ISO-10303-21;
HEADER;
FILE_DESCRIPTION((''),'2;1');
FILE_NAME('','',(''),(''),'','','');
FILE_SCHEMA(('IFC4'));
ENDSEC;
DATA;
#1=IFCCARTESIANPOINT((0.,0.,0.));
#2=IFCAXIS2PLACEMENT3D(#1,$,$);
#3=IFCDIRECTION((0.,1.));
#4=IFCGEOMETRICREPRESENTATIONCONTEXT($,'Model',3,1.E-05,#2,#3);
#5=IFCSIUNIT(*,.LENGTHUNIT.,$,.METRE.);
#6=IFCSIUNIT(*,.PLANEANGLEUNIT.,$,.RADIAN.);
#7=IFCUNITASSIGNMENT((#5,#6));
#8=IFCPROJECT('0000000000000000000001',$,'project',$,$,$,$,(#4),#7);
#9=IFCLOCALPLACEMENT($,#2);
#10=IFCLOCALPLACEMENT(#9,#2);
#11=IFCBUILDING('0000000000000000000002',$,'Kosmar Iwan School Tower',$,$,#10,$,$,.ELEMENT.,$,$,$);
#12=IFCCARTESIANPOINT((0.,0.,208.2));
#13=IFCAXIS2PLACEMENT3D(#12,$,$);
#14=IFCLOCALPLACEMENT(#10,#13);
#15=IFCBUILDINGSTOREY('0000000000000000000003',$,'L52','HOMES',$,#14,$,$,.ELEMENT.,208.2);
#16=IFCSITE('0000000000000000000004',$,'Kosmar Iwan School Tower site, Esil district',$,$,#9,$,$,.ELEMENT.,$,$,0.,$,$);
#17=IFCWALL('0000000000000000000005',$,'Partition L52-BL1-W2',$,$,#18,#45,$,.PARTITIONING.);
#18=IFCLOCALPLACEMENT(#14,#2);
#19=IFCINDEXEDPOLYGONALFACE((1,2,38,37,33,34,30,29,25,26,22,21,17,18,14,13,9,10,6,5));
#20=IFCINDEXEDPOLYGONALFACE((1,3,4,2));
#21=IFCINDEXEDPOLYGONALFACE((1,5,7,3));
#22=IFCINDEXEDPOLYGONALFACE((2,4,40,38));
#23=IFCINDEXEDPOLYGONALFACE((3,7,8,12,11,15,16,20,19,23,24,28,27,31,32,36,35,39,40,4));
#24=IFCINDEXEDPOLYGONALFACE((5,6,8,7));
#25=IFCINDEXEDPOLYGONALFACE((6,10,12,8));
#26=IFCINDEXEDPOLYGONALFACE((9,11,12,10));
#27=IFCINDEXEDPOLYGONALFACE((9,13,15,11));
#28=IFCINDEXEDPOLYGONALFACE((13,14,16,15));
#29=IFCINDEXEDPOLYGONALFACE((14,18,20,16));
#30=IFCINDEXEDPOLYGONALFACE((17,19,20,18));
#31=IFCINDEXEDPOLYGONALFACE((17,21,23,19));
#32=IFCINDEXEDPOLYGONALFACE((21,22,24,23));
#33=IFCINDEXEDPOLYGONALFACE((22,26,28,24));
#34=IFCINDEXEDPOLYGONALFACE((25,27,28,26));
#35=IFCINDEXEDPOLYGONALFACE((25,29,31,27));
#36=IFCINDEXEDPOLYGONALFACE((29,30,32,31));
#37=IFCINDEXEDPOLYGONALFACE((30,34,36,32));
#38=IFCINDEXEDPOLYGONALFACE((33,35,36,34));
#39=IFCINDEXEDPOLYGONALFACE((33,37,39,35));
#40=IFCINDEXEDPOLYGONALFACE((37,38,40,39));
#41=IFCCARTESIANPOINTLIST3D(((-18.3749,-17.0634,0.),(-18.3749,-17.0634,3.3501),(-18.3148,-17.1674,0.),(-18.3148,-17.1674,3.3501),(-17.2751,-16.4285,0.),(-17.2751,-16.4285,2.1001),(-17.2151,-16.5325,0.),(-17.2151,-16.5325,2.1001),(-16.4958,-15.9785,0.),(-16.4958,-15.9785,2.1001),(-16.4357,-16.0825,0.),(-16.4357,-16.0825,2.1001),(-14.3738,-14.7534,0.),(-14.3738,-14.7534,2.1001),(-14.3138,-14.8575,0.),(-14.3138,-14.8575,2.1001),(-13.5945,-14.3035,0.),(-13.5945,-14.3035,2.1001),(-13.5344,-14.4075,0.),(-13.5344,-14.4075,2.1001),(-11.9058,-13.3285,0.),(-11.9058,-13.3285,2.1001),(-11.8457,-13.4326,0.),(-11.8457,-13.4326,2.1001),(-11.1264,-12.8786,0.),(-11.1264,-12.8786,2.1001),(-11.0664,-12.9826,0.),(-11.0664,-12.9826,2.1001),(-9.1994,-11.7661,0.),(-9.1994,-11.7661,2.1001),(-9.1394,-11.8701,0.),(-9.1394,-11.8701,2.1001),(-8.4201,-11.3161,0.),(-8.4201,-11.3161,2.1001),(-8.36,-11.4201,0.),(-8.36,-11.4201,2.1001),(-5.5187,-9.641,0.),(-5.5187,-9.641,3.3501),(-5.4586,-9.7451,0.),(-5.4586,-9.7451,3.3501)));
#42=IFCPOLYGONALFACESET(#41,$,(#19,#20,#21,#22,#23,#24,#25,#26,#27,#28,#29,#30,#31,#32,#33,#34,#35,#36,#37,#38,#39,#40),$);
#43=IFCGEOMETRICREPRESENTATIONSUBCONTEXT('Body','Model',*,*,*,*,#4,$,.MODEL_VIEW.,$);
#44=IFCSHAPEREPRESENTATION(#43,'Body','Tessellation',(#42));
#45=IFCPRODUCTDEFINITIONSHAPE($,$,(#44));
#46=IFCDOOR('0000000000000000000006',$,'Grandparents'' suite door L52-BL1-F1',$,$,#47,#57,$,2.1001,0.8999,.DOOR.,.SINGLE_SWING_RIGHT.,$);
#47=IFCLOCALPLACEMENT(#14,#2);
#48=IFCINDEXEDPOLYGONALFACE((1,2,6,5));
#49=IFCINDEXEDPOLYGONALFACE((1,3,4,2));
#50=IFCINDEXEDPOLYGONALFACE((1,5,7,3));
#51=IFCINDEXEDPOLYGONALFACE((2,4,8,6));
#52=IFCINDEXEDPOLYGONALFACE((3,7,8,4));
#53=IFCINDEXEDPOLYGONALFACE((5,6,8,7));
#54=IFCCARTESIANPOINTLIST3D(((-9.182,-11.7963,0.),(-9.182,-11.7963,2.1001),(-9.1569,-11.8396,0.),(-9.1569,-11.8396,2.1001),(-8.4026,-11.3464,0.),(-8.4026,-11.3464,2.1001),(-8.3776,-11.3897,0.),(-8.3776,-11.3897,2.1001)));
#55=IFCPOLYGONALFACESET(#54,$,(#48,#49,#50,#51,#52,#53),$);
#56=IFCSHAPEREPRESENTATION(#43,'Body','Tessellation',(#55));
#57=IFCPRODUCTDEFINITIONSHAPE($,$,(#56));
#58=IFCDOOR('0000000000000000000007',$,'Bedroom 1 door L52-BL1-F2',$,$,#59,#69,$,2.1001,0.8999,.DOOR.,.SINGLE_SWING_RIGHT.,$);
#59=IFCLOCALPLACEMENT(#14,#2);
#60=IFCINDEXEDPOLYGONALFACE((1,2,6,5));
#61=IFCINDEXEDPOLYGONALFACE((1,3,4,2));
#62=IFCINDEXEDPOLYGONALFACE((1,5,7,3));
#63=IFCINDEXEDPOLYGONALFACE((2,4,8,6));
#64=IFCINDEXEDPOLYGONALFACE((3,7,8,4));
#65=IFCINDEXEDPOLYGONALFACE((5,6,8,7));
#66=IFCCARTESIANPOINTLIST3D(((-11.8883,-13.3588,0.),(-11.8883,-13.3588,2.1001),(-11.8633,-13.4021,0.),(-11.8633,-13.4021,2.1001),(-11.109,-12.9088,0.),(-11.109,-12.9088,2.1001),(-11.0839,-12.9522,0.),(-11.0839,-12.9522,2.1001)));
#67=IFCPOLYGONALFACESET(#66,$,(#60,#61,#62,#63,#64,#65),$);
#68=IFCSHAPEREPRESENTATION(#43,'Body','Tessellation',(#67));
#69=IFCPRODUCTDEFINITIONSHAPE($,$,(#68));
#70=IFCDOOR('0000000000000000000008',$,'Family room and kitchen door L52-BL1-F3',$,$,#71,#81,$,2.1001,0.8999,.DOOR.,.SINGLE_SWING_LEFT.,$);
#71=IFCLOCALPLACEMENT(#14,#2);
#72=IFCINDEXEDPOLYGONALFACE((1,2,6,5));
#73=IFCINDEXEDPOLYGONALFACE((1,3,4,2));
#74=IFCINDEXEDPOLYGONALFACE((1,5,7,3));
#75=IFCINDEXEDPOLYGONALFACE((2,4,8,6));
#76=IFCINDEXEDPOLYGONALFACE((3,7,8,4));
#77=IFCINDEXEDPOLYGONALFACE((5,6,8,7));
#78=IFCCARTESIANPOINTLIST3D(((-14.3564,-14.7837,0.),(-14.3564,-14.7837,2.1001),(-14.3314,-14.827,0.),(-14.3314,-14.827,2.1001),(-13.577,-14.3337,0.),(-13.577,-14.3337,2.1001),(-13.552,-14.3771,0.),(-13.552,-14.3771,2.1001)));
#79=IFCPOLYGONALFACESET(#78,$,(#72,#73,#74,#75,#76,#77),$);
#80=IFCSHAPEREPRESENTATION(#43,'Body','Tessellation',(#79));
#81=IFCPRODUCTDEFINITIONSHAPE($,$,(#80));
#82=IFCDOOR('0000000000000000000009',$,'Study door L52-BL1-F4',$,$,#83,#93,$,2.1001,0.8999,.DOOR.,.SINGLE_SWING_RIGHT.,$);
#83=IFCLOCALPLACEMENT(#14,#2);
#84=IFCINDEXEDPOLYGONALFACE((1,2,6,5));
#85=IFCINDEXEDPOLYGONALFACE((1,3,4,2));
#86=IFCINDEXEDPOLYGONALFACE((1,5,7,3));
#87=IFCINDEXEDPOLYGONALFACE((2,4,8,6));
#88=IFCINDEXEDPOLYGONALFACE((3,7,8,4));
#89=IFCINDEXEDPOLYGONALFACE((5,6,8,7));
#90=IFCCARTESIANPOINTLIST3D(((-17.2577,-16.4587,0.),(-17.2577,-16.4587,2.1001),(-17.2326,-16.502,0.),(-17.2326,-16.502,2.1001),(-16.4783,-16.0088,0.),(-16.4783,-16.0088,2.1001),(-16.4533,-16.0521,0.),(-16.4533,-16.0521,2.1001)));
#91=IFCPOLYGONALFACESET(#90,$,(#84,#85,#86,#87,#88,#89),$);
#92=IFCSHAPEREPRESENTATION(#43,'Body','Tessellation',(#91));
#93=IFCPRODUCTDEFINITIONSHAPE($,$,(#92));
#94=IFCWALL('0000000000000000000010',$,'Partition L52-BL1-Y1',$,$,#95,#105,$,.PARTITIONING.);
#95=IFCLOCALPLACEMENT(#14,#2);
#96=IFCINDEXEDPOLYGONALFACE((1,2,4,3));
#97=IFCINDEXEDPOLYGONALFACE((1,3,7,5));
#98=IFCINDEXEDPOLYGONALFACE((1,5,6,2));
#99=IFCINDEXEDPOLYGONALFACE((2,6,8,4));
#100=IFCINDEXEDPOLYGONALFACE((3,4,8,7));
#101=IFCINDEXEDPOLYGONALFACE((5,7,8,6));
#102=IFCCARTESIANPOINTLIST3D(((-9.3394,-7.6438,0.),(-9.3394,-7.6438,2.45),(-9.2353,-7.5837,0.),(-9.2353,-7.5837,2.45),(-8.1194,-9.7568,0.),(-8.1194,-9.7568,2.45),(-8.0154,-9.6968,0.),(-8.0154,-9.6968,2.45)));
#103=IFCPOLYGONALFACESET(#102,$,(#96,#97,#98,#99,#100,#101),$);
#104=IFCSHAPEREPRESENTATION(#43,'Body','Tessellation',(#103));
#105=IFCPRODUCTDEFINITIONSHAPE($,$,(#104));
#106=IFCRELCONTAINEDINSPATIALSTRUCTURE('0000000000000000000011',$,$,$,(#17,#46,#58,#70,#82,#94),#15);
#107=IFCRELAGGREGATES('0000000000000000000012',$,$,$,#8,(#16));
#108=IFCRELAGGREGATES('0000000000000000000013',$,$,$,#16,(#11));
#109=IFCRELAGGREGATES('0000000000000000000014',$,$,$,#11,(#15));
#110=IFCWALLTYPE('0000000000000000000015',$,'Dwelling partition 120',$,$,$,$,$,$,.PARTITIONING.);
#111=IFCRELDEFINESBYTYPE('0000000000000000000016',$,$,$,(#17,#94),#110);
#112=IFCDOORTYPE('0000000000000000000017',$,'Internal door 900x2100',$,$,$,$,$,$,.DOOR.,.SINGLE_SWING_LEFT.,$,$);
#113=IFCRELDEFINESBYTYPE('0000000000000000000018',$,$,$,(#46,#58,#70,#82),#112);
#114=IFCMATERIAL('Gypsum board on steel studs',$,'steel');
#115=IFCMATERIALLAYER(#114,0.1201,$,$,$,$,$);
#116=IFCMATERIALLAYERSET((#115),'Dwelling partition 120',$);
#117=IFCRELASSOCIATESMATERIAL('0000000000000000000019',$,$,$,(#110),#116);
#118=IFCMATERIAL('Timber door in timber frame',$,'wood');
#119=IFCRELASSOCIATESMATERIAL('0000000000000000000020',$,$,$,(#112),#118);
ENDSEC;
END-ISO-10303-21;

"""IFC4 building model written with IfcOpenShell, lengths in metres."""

from ifc_helpers import new_model, si_unit, direction, frame, frame_2d, origin, place, context, subcontext, project, spatial, rectangle, extrude, material, layer, layer_set, type_object, element, fill, save


model = new_model("IFC4")

# Units and contexts
model_context = context("Model", 3, precision=1e-05, world=origin(), true_north=direction((0.0, 1.0)))
body_context = subcontext(model_context, "Body", "Model", "MODEL_VIEW")
ifc_project = project(units=[si_unit("LENGTHUNIT", "METRE"), si_unit("PLANEANGLEUNIT", "RADIAN")], contexts=[model_context])

# Site, building, storey
site_placement = place(None, origin())
site = spatial("IfcSite", under=ifc_project, at=site_placement, Name="Kosmar Iwan School Tower site, Esil district", CompositionType="ELEMENT", RefElevation=0.0)
building_placement = place(site_placement, origin())
building = spatial("IfcBuilding", under=site, at=building_placement, Name="Kosmar Iwan School Tower", CompositionType="ELEMENT")
storey_placement = place(building_placement, frame((0.0, 0.0, 208.2)))
storey = spatial("IfcBuildingStorey", under=building, at=storey_placement, Name="L52", Description="HOMES", CompositionType="ELEMENT", Elevation=208.2)

# Wall, openings, doors
ifc_material_1 = material(Name="Gypsum board on steel studs", Category="steel")
ifc_layer_1 = layer(ifc_material_1, 0.1201)
ifc_layer_set_1 = layer_set([ifc_layer_1], Name="Dwelling partition 120")
wall_type_1 = type_object("IfcWallType", Name="Dwelling partition 120", PredefinedType="PARTITIONING", material=ifc_layer_set_1)
ifc_material_2 = material(Name="Timber door in timber frame", Category="wood")
door_type_1 = type_object("IfcDoorType", Name="Internal door 900x2100", OperationType="SINGLE_SWING_LEFT", PredefinedType="DOOR", material=ifc_material_2)
wall_1_placement = place(storey_placement, frame((-5.4888, -9.6931, 0.0), z_axis=(0.0, 0.0, 1.0), x_axis=(-0.86603, -0.499992, 0.0)))
wall_1 = element("IfcWall", 1, at=wall_1_placement, inside=storey, type_object=wall_type_1, Name="Partition L52-BL1-W2", PredefinedType="PARTITIONING", context=body_context, shape_type="SweptSolid", body=[
    extrude(rectangle(XDim=14.845, YDim=0.1201, at=frame_2d((7.4224, 0.0))), origin(), (0.0, 0.0, 1.0), 3.3501),
])
opening_1_placement = place(wall_1_placement, frame((3.3501, 0.0, 0.0)))
opening_1 = element("IfcOpeningElement", 2, at=opening_1_placement, cuts=wall_1, PredefinedType="OPENING", context=body_context, shape_type="SweptSolid", body=[
    extrude(rectangle(XDim=0.8999, YDim=2.1001, at=frame_2d((0.45, 1.05))), frame((0.0, 0.072, 0.0), z_axis=(0.0, -1.0, 0.0), x_axis=(1.0, 0.0, 0.0)), (0.0, 0.0, 1.0), 0.144),
])
opening_2_placement = place(wall_1_placement, frame((6.4751, 0.0, 0.0)))
opening_2 = element("IfcOpeningElement", 3, at=opening_2_placement, cuts=wall_1, PredefinedType="OPENING", context=body_context, shape_type="SweptSolid", body=[
    extrude(rectangle(XDim=0.8999, YDim=2.1001, at=frame_2d((0.45, 1.05))), frame((0.0, 0.072, 0.0), z_axis=(0.0, -1.0, 0.0), x_axis=(1.0, 0.0, 0.0)), (0.0, 0.0, 1.0), 0.144),
])
opening_3_placement = place(wall_1_placement, frame((9.325, 0.0, 0.0)))
opening_3 = element("IfcOpeningElement", 4, at=opening_3_placement, cuts=wall_1, PredefinedType="OPENING", context=body_context, shape_type="SweptSolid", body=[
    extrude(rectangle(XDim=0.8999, YDim=2.1001, at=frame_2d((0.45, 1.05))), frame((0.0, 0.072, 0.0), z_axis=(0.0, -1.0, 0.0), x_axis=(1.0, 0.0, 0.0)), (0.0, 0.0, 1.0), 0.144),
])
opening_4_placement = place(wall_1_placement, frame((12.675, 0.0, 0.0)))
opening_4 = element("IfcOpeningElement", 5, at=opening_4_placement, cuts=wall_1, PredefinedType="OPENING", context=body_context, shape_type="SweptSolid", body=[
    extrude(rectangle(XDim=0.8999, YDim=2.1001, at=frame_2d((0.45, 1.05))), frame((0.0, 0.072, 0.0), z_axis=(0.0, -1.0, 0.0), x_axis=(1.0, 0.0, 0.0)), (0.0, 0.0, 1.0), 0.144),
])
door_1_placement = place(opening_1_placement, origin())
door_1 = element("IfcDoor", 6, at=door_1_placement, inside=storey, type_object=door_type_1, Name="Grandparents' suite door L52-BL1-F1", OperationType="SINGLE_SWING_RIGHT", OverallHeight=2.1001, OverallWidth=0.8999, PredefinedType="DOOR", context=body_context, shape_type="SweptSolid", body=[
    extrude(rectangle(XDim=0.8999, YDim=2.1001, at=frame_2d((0.45, 1.05))), frame((0.0, 0.0249, 0.0), z_axis=(0.0, -1.0, 0.0), x_axis=(1.0, 0.0, 0.0)), (0.0, 0.0, 1.0), 0.05),
])
fill(opening_1, door_1)
door_2_placement = place(opening_2_placement, origin())
door_2 = element("IfcDoor", 7, at=door_2_placement, inside=storey, type_object=door_type_1, Name="Bedroom 1 door L52-BL1-F2", OperationType="SINGLE_SWING_RIGHT", OverallHeight=2.1001, OverallWidth=0.8999, PredefinedType="DOOR", context=body_context, shape_type="SweptSolid", body=[
    extrude(rectangle(XDim=0.8999, YDim=2.1001, at=frame_2d((0.45, 1.05))), frame((0.0, 0.0249, 0.0), z_axis=(0.0, -1.0, 0.0), x_axis=(1.0, 0.0, 0.0)), (0.0, 0.0, 1.0), 0.05),
])
fill(opening_2, door_2)
door_3_placement = place(opening_3_placement, origin())
door_3 = element("IfcDoor", 8, at=door_3_placement, inside=storey, type_object=door_type_1, Name="Family room and kitchen door L52-BL1-F3", OperationType="SINGLE_SWING_LEFT", OverallHeight=2.1001, OverallWidth=0.8999, PredefinedType="DOOR", context=body_context, shape_type="SweptSolid", body=[
    extrude(rectangle(XDim=0.8999, YDim=2.1001, at=frame_2d((0.45, 1.05))), frame((0.0, 0.0249, 0.0), z_axis=(0.0, -1.0, 0.0), x_axis=(1.0, 0.0, 0.0)), (0.0, 0.0, 1.0), 0.05),
])
fill(opening_3, door_3)
door_4_placement = place(opening_4_placement, origin())
door_4 = element("IfcDoor", 9, at=door_4_placement, inside=storey, type_object=door_type_1, Name="Study door L52-BL1-F4", OperationType="SINGLE_SWING_RIGHT", OverallHeight=2.1001, OverallWidth=0.8999, PredefinedType="DOOR", context=body_context, shape_type="SweptSolid", body=[
    extrude(rectangle(XDim=0.8999, YDim=2.1001, at=frame_2d((0.45, 1.05))), frame((0.0, 0.0249, 0.0), z_axis=(0.0, -1.0, 0.0), x_axis=(1.0, 0.0, 0.0)), (0.0, 0.0, 1.0), 0.05),
])
fill(opening_4, door_4)

# Wall
wall_2_placement = place(storey_placement, frame((-9.2874, -7.6138, 0.0), z_axis=(0.0, 0.0, 1.0), x_axis=(0.500003, -0.866024, 0.0)))
element("IfcWall", 10, at=wall_2_placement, inside=storey, type_object=wall_type_1, Name="Partition L52-BL1-Y1", PredefinedType="PARTITIONING", context=body_context, shape_type="SweptSolid", body=[
    extrude(rectangle(XDim=2.4399, YDim=0.1201, at=frame_2d((1.22, 0.0))), origin(), (0.0, 0.0, 1.0), 2.45),
])

save(model, "model.ifc")
